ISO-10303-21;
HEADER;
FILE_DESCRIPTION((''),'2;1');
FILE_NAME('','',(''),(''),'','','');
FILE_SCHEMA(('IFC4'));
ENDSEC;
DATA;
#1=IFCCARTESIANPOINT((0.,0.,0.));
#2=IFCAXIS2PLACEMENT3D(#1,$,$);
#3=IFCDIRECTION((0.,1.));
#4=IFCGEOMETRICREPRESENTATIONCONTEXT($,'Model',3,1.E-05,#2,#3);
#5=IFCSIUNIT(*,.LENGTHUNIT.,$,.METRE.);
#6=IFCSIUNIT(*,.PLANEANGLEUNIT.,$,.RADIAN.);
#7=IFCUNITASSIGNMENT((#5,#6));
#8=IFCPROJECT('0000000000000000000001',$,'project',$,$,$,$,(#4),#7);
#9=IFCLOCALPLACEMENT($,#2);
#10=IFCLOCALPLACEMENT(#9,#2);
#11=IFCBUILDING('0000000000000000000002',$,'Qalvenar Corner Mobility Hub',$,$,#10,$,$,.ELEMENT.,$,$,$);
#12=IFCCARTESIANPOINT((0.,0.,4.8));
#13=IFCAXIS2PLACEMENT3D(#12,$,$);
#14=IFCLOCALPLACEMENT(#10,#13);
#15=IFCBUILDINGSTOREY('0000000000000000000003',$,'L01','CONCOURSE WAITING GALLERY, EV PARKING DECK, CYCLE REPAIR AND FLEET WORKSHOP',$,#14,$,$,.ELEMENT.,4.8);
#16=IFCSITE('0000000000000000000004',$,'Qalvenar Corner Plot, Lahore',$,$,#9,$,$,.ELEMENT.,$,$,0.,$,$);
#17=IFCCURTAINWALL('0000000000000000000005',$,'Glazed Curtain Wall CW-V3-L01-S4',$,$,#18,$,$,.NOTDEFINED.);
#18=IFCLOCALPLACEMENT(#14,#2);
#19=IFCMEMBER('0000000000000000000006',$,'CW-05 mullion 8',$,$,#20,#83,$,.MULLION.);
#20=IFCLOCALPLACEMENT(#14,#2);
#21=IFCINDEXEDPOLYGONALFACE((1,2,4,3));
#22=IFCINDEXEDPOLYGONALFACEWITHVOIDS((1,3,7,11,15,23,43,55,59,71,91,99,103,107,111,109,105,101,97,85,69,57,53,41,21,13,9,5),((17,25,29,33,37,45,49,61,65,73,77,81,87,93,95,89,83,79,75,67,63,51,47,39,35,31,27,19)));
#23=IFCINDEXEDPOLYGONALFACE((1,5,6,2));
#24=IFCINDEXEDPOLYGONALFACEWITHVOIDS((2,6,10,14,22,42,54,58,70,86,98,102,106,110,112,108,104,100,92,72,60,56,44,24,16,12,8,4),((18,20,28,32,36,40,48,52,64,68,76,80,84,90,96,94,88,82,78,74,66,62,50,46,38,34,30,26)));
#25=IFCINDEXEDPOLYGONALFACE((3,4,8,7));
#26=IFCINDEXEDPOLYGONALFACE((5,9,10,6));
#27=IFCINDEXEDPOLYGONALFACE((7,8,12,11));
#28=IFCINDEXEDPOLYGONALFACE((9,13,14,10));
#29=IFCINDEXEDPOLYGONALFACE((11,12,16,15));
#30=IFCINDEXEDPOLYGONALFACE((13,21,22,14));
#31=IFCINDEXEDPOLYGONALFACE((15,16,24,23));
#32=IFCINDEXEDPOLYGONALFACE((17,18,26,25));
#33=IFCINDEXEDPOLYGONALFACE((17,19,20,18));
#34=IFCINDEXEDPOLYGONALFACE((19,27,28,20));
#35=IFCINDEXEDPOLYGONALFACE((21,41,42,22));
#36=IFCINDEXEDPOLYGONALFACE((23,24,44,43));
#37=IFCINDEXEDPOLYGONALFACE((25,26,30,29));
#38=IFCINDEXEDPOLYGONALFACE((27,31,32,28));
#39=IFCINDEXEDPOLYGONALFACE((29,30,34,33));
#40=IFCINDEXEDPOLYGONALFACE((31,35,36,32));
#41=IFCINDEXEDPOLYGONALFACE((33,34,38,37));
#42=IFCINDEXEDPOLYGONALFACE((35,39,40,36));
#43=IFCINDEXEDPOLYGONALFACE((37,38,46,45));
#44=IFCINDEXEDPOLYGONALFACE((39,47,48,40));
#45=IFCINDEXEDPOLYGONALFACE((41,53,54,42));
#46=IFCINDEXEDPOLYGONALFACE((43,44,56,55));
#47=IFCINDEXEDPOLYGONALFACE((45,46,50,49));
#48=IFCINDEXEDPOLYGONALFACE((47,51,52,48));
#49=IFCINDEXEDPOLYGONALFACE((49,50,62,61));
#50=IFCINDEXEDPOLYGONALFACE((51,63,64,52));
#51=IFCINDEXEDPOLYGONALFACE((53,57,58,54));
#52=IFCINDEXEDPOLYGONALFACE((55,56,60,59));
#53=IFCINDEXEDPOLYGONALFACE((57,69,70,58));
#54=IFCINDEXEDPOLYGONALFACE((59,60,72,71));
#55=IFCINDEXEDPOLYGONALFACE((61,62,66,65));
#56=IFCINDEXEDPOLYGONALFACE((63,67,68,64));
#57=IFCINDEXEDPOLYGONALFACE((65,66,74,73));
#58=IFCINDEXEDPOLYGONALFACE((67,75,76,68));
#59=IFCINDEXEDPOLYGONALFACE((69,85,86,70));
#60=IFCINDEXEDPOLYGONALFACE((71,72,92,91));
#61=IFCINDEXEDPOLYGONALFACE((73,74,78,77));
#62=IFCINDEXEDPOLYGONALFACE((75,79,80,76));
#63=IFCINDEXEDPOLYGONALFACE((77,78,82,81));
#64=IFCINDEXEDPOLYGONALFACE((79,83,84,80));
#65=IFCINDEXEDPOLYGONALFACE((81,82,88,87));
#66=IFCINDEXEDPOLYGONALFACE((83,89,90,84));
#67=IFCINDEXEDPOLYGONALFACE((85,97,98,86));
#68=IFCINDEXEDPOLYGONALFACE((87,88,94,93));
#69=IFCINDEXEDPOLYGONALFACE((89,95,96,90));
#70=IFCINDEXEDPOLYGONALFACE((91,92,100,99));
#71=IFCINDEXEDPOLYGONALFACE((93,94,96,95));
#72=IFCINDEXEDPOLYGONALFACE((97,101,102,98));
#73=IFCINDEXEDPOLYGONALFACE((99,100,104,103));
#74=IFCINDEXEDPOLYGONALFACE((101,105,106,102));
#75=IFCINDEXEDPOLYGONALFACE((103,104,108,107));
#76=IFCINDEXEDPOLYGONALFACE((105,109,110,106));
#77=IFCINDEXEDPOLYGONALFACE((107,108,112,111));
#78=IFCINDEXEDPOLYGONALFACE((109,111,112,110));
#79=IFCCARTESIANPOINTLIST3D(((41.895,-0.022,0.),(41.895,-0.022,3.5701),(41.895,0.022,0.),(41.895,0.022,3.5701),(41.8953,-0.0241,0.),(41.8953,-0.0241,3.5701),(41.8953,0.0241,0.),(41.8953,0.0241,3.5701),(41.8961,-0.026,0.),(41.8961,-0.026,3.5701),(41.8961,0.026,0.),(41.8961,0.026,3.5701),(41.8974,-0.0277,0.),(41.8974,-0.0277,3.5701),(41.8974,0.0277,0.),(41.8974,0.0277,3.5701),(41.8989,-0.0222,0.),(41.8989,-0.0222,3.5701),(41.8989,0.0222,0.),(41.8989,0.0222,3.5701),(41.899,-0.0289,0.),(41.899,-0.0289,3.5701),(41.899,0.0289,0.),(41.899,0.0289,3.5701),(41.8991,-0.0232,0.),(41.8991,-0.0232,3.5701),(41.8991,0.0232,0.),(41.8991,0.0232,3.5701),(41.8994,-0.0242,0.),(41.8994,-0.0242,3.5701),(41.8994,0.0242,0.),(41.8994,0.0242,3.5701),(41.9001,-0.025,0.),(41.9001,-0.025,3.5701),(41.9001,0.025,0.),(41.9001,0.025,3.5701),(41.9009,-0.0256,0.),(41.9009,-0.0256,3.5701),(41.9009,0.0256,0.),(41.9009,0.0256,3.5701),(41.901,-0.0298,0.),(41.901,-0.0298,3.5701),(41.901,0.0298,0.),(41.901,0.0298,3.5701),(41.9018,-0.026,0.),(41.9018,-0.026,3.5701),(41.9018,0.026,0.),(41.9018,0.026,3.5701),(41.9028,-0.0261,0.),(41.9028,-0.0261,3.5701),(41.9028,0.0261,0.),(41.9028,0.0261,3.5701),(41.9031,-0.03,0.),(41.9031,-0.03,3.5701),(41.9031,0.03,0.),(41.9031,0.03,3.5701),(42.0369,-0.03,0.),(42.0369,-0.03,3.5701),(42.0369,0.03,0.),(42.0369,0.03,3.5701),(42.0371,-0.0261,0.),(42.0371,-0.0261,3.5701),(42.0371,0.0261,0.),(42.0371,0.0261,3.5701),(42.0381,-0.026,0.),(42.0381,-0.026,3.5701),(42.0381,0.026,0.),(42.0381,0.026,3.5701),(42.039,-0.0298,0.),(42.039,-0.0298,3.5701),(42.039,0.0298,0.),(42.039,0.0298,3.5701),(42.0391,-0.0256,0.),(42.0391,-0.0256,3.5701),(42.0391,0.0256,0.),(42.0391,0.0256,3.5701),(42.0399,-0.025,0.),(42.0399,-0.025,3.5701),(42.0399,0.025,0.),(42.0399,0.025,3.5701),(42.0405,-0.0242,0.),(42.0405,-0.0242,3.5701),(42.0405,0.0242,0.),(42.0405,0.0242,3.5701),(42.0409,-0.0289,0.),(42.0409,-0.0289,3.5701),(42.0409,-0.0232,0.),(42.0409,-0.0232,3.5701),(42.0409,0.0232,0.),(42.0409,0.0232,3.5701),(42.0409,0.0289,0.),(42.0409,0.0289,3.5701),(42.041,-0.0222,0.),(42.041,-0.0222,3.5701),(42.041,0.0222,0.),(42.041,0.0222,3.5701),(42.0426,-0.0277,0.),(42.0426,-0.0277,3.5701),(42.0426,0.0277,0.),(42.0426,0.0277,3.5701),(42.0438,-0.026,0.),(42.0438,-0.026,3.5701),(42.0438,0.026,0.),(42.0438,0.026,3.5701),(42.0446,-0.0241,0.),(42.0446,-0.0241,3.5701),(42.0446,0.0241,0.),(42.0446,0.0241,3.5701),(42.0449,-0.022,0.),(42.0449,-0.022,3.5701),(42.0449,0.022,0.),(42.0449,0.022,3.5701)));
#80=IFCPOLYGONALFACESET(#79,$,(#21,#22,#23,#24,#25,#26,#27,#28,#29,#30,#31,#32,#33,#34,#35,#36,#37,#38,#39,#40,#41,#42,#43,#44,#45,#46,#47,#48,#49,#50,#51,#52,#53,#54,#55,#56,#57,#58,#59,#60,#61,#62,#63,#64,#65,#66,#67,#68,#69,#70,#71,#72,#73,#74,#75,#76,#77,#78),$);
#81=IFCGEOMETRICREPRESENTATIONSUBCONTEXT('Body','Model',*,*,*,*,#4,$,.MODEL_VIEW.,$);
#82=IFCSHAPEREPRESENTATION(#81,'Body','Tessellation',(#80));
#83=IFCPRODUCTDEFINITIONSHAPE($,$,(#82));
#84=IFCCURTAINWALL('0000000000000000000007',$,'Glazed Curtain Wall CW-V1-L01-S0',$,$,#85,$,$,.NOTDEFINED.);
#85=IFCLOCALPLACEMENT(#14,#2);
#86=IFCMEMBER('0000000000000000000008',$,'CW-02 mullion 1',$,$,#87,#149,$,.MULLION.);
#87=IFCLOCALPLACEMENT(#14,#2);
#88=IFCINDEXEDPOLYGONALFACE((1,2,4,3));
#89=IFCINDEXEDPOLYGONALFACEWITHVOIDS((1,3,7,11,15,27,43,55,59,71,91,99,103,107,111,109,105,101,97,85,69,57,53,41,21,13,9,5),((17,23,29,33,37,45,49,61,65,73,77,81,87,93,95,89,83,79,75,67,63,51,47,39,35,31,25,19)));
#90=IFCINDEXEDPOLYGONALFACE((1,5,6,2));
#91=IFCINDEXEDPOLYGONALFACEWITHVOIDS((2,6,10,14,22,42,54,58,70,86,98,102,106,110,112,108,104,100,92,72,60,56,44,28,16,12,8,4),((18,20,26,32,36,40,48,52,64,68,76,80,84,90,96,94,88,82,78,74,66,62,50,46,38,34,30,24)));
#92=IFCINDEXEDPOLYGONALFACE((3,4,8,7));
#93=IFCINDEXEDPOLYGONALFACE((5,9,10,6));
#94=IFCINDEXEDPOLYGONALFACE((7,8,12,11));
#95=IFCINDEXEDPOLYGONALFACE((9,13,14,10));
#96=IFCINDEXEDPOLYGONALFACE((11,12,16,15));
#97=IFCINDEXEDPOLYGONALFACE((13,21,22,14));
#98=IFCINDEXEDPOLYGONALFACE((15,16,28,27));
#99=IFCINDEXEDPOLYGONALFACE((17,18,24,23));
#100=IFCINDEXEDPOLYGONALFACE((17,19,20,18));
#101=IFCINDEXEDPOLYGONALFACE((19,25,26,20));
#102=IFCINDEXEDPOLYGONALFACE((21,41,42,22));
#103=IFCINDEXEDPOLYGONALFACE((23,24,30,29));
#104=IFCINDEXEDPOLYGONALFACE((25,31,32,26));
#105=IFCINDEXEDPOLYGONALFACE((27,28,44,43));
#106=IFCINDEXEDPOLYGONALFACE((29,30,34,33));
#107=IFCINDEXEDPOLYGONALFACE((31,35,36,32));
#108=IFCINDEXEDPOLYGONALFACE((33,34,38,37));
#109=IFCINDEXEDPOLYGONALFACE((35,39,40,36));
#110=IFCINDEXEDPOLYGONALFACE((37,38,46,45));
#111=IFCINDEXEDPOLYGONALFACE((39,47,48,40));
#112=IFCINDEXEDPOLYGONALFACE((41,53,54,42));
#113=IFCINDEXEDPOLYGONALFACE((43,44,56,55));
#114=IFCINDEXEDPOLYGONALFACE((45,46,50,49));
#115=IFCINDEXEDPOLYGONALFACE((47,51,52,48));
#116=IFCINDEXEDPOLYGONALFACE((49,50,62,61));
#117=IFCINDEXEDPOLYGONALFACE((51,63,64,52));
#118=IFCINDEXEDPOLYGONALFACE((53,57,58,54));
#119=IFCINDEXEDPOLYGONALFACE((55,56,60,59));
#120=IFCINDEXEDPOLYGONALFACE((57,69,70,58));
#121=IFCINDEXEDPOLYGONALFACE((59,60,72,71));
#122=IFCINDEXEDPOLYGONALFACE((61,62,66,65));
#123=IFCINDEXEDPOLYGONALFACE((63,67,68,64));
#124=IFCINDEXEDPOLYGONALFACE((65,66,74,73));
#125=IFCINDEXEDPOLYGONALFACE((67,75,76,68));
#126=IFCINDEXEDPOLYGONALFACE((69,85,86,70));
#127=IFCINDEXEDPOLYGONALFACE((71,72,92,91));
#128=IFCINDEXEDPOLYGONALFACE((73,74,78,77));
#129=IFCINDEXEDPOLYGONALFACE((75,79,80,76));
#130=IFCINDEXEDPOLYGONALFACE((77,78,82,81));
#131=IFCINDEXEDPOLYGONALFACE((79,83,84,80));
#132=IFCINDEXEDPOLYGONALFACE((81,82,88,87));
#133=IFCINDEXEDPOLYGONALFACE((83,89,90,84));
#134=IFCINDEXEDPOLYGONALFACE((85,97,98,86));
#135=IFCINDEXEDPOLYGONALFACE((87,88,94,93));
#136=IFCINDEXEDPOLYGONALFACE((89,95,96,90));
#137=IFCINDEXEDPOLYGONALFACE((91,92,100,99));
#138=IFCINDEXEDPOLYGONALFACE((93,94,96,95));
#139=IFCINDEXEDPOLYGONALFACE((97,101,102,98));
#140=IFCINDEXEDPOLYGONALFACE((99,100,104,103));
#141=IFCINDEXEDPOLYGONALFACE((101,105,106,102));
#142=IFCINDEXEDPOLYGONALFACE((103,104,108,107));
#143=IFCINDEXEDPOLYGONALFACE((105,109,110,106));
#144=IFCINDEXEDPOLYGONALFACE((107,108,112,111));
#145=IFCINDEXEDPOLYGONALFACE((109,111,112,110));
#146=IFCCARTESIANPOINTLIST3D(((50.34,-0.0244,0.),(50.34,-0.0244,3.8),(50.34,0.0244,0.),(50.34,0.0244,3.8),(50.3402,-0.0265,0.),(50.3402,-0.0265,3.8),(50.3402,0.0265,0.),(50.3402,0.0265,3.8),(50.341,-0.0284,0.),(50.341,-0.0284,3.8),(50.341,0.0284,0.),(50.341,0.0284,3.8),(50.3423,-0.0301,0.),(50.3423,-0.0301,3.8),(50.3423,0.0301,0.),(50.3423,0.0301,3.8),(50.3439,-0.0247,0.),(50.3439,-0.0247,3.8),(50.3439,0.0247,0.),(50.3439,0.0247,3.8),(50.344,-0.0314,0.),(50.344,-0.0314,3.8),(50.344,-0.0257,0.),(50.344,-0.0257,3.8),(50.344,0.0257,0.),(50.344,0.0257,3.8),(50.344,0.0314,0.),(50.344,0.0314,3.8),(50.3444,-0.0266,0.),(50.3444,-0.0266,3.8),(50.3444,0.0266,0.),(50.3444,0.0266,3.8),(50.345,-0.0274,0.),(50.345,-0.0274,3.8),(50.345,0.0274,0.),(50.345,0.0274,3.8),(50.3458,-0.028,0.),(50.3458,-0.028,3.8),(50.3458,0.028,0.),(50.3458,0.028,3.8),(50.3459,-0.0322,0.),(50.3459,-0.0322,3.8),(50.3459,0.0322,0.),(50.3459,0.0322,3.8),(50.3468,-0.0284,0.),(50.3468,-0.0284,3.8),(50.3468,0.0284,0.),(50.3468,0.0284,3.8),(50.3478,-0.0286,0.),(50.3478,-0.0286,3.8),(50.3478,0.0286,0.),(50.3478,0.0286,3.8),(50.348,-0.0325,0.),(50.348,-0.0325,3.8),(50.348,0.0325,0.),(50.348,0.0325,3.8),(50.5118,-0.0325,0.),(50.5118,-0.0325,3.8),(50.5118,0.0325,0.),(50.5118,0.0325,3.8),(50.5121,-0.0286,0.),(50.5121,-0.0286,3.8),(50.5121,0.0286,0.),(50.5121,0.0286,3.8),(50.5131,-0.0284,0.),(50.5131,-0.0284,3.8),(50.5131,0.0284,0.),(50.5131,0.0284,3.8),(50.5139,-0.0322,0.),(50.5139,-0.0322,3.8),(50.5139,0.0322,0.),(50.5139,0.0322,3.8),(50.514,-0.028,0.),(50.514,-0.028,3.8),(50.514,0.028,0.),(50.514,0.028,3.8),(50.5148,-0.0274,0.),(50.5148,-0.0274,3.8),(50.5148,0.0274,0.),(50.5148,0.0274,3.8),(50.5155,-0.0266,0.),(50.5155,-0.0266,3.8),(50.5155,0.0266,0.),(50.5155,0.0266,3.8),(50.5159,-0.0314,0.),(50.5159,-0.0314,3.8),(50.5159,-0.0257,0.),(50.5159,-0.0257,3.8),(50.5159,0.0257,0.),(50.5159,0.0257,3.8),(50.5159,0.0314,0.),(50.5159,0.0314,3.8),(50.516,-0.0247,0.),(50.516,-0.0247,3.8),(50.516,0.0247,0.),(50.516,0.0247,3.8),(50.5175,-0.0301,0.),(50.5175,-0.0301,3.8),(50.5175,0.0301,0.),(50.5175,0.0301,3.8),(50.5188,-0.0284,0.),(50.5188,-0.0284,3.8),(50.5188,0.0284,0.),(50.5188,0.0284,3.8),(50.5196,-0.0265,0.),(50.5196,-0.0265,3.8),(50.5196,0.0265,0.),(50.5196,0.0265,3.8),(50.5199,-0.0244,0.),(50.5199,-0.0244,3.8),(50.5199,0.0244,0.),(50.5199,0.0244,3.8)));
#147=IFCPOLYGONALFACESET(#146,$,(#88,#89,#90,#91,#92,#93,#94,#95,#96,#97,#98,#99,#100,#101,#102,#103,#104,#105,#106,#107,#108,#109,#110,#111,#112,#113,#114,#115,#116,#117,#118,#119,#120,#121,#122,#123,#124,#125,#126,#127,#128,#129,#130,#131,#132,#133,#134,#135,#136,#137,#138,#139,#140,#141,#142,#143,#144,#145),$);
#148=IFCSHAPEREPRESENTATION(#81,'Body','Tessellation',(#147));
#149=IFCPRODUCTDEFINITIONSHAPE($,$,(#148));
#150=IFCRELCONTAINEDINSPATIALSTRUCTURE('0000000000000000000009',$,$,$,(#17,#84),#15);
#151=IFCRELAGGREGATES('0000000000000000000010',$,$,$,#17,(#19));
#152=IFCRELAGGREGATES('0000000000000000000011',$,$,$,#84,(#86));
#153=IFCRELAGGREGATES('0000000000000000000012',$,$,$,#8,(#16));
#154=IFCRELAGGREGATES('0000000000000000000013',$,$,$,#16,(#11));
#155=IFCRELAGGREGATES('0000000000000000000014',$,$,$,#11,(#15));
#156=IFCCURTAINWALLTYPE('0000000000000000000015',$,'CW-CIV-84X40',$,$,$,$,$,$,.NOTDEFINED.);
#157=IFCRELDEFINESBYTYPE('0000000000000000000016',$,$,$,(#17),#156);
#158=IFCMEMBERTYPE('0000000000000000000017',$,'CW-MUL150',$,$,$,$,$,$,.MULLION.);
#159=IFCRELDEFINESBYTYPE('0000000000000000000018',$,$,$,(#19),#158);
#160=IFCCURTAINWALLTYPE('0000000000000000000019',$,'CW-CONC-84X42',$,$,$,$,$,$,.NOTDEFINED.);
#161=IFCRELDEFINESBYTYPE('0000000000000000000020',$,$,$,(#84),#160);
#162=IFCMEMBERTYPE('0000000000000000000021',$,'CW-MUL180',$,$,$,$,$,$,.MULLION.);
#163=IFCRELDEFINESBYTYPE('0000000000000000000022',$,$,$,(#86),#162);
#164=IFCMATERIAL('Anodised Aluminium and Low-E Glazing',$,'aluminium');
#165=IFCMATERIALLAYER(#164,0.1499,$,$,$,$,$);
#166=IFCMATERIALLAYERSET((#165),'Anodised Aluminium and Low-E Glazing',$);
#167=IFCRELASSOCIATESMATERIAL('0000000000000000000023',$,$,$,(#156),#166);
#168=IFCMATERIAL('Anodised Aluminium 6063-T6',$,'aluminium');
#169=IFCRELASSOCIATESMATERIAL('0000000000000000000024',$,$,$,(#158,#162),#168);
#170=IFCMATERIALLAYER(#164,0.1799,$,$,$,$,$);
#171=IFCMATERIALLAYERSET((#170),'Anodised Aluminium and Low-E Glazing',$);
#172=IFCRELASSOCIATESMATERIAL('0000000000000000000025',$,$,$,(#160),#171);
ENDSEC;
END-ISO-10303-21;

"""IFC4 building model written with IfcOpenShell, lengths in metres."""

from ifc_helpers import new_model, si_unit, direction, frame, origin, origin_2d, place, context, subcontext, project, spatial, hollow_rectangle, extrude, material, layer, layer_set, material_profile, profile_set, type_object, element, aggregate, save


model = new_model("IFC4")

# Units and contexts
model_context = context("Model", 3, precision=1e-05, world=origin(), true_north=direction((0.0, 1.0)))
body_context = subcontext(model_context, "Body", "Model", "MODEL_VIEW")
ifc_project = project(units=[si_unit("LENGTHUNIT", "METRE"), si_unit("PLANEANGLEUNIT", "RADIAN")], contexts=[model_context])

# Site, building, storey
site_placement = place(None, origin())
site = spatial("IfcSite", under=ifc_project, at=site_placement, Name="Qalvenar Corner Plot, Lahore", CompositionType="ELEMENT", RefElevation=0.0)
building_placement = place(site_placement, origin())
building = spatial("IfcBuilding", under=site, at=building_placement, Name="Qalvenar Corner Mobility Hub", CompositionType="ELEMENT")
storey_placement = place(building_placement, frame((0.0, 0.0, 4.8)))
storey = spatial("IfcBuildingStorey", under=building, at=storey_placement, Name="L01", Description="CONCOURSE WAITING GALLERY, EV PARKING DECK, CYCLE REPAIR AND FLEET WORKSHOP", CompositionType="ELEMENT", Elevation=4.8)

# Curtain walls, members
ifc_material_1 = material(Name="Anodised Aluminium and Low-E Glazing", Category="aluminium")
ifc_layer_1 = layer(ifc_material_1, 0.1499)
ifc_layer_set_1 = layer_set([ifc_layer_1], Name="Anodised Aluminium and Low-E Glazing")
curtain_wall_type_1 = type_object("IfcCurtainWallType", Name="CW-CIV-84X40", PredefinedType="NOTDEFINED", material=ifc_layer_set_1)
curtain_wall_1_placement = place(storey_placement, origin())
curtain_wall_1 = element("IfcCurtainWall", 1, at=curtain_wall_1_placement, inside=storey, type_object=curtain_wall_type_1, Name="Glazed Curtain Wall CW-V3-L01-S4", PredefinedType="NOTDEFINED")
ifc_material_2 = material(Name="Anodised Aluminium 6063-T6", Category="aluminium")
ifc_material_profile_1 = material_profile(ifc_material_2, hollow_rectangle(XDim=0.0601, YDim=0.1499, WallThickness=0.0039, InnerFilletRadius=0.0039, OuterFilletRadius=0.0081, at=origin_2d()), Name="RHS150x60x4")
ifc_profile_set_1 = profile_set([ifc_material_profile_1], Name="Anodised Aluminium 6063-T6")
member_type_1 = type_object("IfcMemberType", Name="CW-MUL150", PredefinedType="MULLION", material=ifc_profile_set_1)
member_1_placement = place(storey_placement, frame((41.97, 0.0, 0.0), z_axis=(0.0, 0.0, 1.0), x_axis=(0.0, 1.0, 0.0)))
member_1 = element("IfcMember", 2, at=member_1_placement, type_object=member_type_1, Name="CW-05 mullion 8", PredefinedType="MULLION", context=body_context, shape_type="SweptSolid", body=[
    extrude(hollow_rectangle(XDim=0.0601, YDim=0.1499, WallThickness=0.0039, InnerFilletRadius=0.0039, OuterFilletRadius=0.0081, at=origin_2d()), origin(), (0.0, 0.0, 1.0), 3.5701),
])
ifc_layer_2 = layer(ifc_material_1, 0.1799)
ifc_layer_set_2 = layer_set([ifc_layer_2], Name="Anodised Aluminium and Low-E Glazing")
curtain_wall_type_2 = type_object("IfcCurtainWallType", Name="CW-CONC-84X42", PredefinedType="NOTDEFINED", material=ifc_layer_set_2)
curtain_wall_2_placement = place(storey_placement, origin())
curtain_wall_2 = element("IfcCurtainWall", 3, at=curtain_wall_2_placement, inside=storey, type_object=curtain_wall_type_2, Name="Glazed Curtain Wall CW-V1-L01-S0", PredefinedType="NOTDEFINED")
ifc_material_profile_2 = material_profile(ifc_material_2, hollow_rectangle(XDim=0.0649, YDim=0.1799, WallThickness=0.0039, InnerFilletRadius=0.0039, OuterFilletRadius=0.0081, at=origin_2d()), Name="RHS180x65x4")
ifc_profile_set_2 = profile_set([ifc_material_profile_2], Name="Anodised Aluminium 6063-T6")
member_type_2 = type_object("IfcMemberType", Name="CW-MUL180", PredefinedType="MULLION", material=ifc_profile_set_2)
member_2_placement = place(storey_placement, frame((50.4299, 0.0, 0.0), z_axis=(0.0, 0.0, 1.0), x_axis=(0.0, 1.0, 0.0)))
member_2 = element("IfcMember", 4, at=member_2_placement, type_object=member_type_2, Name="CW-02 mullion 1", PredefinedType="MULLION", context=body_context, shape_type="SweptSolid", body=[
    extrude(hollow_rectangle(XDim=0.0649, YDim=0.1799, WallThickness=0.0039, InnerFilletRadius=0.0039, OuterFilletRadius=0.0081, at=origin_2d()), origin(), (0.0, 0.0, 1.0), 3.8),
])

aggregate(curtain_wall_1, [member_1])
aggregate(curtain_wall_2, [member_2])

save(model, "model.ifc")
